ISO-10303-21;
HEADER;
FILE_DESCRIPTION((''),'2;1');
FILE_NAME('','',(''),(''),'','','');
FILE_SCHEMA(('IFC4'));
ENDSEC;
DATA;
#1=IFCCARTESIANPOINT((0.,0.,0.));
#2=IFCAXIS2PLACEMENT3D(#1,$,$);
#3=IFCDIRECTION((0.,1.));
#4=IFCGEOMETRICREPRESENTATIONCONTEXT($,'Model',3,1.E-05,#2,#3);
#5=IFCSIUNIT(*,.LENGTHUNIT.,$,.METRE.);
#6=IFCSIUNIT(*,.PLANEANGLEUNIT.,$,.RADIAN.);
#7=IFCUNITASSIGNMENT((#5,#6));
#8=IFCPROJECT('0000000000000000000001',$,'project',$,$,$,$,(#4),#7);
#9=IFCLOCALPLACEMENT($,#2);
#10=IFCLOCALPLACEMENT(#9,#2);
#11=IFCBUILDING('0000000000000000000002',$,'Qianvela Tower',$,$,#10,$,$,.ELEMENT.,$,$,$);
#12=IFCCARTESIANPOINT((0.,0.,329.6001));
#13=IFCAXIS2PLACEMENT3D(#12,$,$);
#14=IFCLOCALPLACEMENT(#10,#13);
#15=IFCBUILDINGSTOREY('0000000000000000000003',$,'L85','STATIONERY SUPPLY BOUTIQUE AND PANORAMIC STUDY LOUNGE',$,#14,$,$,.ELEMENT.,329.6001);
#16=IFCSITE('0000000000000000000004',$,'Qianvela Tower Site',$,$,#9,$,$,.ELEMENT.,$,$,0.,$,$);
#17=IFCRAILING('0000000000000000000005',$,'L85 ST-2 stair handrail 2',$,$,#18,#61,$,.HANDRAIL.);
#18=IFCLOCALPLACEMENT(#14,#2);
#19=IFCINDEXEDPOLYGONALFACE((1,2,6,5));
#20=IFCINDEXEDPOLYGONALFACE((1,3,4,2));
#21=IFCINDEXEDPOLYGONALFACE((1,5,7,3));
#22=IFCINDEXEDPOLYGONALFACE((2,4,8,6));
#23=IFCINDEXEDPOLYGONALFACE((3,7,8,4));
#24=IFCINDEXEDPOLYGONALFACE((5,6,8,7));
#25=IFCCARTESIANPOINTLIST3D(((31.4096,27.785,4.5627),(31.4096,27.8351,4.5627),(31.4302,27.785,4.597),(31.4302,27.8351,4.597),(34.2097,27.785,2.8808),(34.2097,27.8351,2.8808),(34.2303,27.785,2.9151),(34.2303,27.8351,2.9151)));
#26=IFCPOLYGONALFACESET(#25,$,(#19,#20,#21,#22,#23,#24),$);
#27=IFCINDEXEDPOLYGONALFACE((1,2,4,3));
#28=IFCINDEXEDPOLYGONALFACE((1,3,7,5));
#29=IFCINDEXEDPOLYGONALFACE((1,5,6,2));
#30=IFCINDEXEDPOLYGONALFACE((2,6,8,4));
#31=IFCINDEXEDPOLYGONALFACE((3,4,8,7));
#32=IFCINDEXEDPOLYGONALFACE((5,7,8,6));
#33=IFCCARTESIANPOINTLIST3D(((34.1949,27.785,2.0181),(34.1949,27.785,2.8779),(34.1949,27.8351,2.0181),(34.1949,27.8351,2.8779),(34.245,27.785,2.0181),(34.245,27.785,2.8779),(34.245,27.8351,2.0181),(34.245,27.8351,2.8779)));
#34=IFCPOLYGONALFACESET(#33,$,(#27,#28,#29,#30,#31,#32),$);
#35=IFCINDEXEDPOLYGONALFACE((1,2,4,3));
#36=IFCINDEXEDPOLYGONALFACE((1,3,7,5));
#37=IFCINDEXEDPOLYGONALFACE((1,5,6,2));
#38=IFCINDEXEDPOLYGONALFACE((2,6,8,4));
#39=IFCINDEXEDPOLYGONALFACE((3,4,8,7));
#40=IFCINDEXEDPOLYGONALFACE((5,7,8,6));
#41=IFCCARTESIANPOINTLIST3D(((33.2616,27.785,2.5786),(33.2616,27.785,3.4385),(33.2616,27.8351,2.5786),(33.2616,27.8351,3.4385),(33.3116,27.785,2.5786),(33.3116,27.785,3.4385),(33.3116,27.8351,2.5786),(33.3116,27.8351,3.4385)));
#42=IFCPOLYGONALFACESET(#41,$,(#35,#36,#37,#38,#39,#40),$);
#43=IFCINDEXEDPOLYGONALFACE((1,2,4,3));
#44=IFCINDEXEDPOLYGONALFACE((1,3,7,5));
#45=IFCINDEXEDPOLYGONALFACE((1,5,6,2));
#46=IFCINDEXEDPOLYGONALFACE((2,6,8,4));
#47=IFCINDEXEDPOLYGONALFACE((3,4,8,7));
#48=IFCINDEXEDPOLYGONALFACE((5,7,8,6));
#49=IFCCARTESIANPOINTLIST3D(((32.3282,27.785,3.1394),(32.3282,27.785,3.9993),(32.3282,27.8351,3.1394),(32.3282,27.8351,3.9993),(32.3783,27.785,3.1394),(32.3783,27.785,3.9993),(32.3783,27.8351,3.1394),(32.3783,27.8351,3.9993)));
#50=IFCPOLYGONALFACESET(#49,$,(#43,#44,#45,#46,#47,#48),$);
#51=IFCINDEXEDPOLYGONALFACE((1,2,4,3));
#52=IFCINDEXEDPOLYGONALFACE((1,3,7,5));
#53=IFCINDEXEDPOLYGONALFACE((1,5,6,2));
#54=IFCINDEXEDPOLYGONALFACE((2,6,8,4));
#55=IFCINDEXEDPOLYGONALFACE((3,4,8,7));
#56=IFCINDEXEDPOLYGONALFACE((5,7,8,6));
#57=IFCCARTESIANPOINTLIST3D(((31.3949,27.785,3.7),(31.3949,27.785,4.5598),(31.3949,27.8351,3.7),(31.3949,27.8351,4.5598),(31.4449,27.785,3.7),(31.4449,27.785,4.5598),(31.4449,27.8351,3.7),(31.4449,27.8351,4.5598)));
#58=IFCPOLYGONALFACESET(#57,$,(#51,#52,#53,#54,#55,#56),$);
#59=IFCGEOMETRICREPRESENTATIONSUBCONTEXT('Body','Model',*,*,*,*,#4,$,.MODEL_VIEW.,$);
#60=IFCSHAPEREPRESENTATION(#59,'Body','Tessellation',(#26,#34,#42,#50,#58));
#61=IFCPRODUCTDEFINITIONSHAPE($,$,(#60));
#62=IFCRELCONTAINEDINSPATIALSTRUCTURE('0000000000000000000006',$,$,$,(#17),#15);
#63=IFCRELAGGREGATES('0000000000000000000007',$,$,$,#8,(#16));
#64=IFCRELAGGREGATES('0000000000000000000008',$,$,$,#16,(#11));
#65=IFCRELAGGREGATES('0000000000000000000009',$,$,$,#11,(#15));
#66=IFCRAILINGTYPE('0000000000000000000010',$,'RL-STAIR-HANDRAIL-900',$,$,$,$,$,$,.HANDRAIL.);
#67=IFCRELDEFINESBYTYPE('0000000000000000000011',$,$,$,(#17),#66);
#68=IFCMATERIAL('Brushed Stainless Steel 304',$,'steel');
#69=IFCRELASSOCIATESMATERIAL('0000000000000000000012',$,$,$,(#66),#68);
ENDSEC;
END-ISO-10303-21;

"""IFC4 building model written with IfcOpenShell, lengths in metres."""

from ifc_helpers import new_model, si_unit, direction, frame, origin, origin_2d, place, context, subcontext, project, spatial, rectangle, extrude, material, type_object, element, save


model = new_model("IFC4")

# Units and contexts
model_context = context("Model", 3, precision=1e-05, world=origin(), true_north=direction((0.0, 1.0)))
body_context = subcontext(model_context, "Body", "Model", "MODEL_VIEW")
ifc_project = project(units=[si_unit("LENGTHUNIT", "METRE"), si_unit("PLANEANGLEUNIT", "RADIAN")], contexts=[model_context])

# Site, building, storey
site_placement = place(None, origin())
site = spatial("IfcSite", under=ifc_project, at=site_placement, Name="Qianvela Tower Site", CompositionType="ELEMENT", RefElevation=0.0)
building_placement = place(site_placement, origin())
building = spatial("IfcBuilding", under=site, at=building_placement, Name="Qianvela Tower", CompositionType="ELEMENT")
storey_placement = place(building_placement, frame((0.0, 0.0, 329.6001)))
storey = spatial("IfcBuildingStorey", under=building, at=storey_placement, Name="L85", Description="STATIONERY SUPPLY BOUTIQUE AND PANORAMIC STUDY LOUNGE", CompositionType="ELEMENT", Elevation=329.6001)

# Railing
ifc_material_1 = material(Name="Brushed Stainless Steel 304", Category="steel")
railing_type_1 = type_object("IfcRailingType", Name="RL-STAIR-HANDRAIL-900", PredefinedType="HANDRAIL", material=ifc_material_1)
railing_1_placement = place(storey_placement, frame((34.22, 27.8101, 2.0181)))
element("IfcRailing", 1, at=railing_1_placement, inside=storey, type_object=railing_type_1, Name="L85 ST-2 stair handrail 2", PredefinedType="HANDRAIL", context=body_context, shape_type="SweptSolid", body=[
    extrude(rectangle(XDim=0.05, YDim=0.04, at=origin_2d()), frame((0.0, 0.0, 0.8799), z_axis=(-0.857242, 0.0, 0.514913), x_axis=(0.0, -1.0, 0.0)), (0.0, 0.0, 1.0), 3.2664),
    extrude(rectangle(XDim=0.05, YDim=0.05, at=origin_2d()), origin(), (0.0, 0.0, 1.0), 0.8599),
    extrude(rectangle(XDim=0.05, YDim=0.05, at=origin_2d()), frame((-0.9333, 0.0, 0.5605)), (0.0, 0.0, 1.0), 0.8599),
    extrude(rectangle(XDim=0.05, YDim=0.05, at=origin_2d()), frame((-1.8667, 0.0, 1.1213)), (0.0, 0.0, 1.0), 0.8599),
    extrude(rectangle(XDim=0.05, YDim=0.05, at=origin_2d()), frame((-2.8, 0.0, 1.6819)), (0.0, 0.0, 1.0), 0.8599),
])

save(model, "model.ifc")
